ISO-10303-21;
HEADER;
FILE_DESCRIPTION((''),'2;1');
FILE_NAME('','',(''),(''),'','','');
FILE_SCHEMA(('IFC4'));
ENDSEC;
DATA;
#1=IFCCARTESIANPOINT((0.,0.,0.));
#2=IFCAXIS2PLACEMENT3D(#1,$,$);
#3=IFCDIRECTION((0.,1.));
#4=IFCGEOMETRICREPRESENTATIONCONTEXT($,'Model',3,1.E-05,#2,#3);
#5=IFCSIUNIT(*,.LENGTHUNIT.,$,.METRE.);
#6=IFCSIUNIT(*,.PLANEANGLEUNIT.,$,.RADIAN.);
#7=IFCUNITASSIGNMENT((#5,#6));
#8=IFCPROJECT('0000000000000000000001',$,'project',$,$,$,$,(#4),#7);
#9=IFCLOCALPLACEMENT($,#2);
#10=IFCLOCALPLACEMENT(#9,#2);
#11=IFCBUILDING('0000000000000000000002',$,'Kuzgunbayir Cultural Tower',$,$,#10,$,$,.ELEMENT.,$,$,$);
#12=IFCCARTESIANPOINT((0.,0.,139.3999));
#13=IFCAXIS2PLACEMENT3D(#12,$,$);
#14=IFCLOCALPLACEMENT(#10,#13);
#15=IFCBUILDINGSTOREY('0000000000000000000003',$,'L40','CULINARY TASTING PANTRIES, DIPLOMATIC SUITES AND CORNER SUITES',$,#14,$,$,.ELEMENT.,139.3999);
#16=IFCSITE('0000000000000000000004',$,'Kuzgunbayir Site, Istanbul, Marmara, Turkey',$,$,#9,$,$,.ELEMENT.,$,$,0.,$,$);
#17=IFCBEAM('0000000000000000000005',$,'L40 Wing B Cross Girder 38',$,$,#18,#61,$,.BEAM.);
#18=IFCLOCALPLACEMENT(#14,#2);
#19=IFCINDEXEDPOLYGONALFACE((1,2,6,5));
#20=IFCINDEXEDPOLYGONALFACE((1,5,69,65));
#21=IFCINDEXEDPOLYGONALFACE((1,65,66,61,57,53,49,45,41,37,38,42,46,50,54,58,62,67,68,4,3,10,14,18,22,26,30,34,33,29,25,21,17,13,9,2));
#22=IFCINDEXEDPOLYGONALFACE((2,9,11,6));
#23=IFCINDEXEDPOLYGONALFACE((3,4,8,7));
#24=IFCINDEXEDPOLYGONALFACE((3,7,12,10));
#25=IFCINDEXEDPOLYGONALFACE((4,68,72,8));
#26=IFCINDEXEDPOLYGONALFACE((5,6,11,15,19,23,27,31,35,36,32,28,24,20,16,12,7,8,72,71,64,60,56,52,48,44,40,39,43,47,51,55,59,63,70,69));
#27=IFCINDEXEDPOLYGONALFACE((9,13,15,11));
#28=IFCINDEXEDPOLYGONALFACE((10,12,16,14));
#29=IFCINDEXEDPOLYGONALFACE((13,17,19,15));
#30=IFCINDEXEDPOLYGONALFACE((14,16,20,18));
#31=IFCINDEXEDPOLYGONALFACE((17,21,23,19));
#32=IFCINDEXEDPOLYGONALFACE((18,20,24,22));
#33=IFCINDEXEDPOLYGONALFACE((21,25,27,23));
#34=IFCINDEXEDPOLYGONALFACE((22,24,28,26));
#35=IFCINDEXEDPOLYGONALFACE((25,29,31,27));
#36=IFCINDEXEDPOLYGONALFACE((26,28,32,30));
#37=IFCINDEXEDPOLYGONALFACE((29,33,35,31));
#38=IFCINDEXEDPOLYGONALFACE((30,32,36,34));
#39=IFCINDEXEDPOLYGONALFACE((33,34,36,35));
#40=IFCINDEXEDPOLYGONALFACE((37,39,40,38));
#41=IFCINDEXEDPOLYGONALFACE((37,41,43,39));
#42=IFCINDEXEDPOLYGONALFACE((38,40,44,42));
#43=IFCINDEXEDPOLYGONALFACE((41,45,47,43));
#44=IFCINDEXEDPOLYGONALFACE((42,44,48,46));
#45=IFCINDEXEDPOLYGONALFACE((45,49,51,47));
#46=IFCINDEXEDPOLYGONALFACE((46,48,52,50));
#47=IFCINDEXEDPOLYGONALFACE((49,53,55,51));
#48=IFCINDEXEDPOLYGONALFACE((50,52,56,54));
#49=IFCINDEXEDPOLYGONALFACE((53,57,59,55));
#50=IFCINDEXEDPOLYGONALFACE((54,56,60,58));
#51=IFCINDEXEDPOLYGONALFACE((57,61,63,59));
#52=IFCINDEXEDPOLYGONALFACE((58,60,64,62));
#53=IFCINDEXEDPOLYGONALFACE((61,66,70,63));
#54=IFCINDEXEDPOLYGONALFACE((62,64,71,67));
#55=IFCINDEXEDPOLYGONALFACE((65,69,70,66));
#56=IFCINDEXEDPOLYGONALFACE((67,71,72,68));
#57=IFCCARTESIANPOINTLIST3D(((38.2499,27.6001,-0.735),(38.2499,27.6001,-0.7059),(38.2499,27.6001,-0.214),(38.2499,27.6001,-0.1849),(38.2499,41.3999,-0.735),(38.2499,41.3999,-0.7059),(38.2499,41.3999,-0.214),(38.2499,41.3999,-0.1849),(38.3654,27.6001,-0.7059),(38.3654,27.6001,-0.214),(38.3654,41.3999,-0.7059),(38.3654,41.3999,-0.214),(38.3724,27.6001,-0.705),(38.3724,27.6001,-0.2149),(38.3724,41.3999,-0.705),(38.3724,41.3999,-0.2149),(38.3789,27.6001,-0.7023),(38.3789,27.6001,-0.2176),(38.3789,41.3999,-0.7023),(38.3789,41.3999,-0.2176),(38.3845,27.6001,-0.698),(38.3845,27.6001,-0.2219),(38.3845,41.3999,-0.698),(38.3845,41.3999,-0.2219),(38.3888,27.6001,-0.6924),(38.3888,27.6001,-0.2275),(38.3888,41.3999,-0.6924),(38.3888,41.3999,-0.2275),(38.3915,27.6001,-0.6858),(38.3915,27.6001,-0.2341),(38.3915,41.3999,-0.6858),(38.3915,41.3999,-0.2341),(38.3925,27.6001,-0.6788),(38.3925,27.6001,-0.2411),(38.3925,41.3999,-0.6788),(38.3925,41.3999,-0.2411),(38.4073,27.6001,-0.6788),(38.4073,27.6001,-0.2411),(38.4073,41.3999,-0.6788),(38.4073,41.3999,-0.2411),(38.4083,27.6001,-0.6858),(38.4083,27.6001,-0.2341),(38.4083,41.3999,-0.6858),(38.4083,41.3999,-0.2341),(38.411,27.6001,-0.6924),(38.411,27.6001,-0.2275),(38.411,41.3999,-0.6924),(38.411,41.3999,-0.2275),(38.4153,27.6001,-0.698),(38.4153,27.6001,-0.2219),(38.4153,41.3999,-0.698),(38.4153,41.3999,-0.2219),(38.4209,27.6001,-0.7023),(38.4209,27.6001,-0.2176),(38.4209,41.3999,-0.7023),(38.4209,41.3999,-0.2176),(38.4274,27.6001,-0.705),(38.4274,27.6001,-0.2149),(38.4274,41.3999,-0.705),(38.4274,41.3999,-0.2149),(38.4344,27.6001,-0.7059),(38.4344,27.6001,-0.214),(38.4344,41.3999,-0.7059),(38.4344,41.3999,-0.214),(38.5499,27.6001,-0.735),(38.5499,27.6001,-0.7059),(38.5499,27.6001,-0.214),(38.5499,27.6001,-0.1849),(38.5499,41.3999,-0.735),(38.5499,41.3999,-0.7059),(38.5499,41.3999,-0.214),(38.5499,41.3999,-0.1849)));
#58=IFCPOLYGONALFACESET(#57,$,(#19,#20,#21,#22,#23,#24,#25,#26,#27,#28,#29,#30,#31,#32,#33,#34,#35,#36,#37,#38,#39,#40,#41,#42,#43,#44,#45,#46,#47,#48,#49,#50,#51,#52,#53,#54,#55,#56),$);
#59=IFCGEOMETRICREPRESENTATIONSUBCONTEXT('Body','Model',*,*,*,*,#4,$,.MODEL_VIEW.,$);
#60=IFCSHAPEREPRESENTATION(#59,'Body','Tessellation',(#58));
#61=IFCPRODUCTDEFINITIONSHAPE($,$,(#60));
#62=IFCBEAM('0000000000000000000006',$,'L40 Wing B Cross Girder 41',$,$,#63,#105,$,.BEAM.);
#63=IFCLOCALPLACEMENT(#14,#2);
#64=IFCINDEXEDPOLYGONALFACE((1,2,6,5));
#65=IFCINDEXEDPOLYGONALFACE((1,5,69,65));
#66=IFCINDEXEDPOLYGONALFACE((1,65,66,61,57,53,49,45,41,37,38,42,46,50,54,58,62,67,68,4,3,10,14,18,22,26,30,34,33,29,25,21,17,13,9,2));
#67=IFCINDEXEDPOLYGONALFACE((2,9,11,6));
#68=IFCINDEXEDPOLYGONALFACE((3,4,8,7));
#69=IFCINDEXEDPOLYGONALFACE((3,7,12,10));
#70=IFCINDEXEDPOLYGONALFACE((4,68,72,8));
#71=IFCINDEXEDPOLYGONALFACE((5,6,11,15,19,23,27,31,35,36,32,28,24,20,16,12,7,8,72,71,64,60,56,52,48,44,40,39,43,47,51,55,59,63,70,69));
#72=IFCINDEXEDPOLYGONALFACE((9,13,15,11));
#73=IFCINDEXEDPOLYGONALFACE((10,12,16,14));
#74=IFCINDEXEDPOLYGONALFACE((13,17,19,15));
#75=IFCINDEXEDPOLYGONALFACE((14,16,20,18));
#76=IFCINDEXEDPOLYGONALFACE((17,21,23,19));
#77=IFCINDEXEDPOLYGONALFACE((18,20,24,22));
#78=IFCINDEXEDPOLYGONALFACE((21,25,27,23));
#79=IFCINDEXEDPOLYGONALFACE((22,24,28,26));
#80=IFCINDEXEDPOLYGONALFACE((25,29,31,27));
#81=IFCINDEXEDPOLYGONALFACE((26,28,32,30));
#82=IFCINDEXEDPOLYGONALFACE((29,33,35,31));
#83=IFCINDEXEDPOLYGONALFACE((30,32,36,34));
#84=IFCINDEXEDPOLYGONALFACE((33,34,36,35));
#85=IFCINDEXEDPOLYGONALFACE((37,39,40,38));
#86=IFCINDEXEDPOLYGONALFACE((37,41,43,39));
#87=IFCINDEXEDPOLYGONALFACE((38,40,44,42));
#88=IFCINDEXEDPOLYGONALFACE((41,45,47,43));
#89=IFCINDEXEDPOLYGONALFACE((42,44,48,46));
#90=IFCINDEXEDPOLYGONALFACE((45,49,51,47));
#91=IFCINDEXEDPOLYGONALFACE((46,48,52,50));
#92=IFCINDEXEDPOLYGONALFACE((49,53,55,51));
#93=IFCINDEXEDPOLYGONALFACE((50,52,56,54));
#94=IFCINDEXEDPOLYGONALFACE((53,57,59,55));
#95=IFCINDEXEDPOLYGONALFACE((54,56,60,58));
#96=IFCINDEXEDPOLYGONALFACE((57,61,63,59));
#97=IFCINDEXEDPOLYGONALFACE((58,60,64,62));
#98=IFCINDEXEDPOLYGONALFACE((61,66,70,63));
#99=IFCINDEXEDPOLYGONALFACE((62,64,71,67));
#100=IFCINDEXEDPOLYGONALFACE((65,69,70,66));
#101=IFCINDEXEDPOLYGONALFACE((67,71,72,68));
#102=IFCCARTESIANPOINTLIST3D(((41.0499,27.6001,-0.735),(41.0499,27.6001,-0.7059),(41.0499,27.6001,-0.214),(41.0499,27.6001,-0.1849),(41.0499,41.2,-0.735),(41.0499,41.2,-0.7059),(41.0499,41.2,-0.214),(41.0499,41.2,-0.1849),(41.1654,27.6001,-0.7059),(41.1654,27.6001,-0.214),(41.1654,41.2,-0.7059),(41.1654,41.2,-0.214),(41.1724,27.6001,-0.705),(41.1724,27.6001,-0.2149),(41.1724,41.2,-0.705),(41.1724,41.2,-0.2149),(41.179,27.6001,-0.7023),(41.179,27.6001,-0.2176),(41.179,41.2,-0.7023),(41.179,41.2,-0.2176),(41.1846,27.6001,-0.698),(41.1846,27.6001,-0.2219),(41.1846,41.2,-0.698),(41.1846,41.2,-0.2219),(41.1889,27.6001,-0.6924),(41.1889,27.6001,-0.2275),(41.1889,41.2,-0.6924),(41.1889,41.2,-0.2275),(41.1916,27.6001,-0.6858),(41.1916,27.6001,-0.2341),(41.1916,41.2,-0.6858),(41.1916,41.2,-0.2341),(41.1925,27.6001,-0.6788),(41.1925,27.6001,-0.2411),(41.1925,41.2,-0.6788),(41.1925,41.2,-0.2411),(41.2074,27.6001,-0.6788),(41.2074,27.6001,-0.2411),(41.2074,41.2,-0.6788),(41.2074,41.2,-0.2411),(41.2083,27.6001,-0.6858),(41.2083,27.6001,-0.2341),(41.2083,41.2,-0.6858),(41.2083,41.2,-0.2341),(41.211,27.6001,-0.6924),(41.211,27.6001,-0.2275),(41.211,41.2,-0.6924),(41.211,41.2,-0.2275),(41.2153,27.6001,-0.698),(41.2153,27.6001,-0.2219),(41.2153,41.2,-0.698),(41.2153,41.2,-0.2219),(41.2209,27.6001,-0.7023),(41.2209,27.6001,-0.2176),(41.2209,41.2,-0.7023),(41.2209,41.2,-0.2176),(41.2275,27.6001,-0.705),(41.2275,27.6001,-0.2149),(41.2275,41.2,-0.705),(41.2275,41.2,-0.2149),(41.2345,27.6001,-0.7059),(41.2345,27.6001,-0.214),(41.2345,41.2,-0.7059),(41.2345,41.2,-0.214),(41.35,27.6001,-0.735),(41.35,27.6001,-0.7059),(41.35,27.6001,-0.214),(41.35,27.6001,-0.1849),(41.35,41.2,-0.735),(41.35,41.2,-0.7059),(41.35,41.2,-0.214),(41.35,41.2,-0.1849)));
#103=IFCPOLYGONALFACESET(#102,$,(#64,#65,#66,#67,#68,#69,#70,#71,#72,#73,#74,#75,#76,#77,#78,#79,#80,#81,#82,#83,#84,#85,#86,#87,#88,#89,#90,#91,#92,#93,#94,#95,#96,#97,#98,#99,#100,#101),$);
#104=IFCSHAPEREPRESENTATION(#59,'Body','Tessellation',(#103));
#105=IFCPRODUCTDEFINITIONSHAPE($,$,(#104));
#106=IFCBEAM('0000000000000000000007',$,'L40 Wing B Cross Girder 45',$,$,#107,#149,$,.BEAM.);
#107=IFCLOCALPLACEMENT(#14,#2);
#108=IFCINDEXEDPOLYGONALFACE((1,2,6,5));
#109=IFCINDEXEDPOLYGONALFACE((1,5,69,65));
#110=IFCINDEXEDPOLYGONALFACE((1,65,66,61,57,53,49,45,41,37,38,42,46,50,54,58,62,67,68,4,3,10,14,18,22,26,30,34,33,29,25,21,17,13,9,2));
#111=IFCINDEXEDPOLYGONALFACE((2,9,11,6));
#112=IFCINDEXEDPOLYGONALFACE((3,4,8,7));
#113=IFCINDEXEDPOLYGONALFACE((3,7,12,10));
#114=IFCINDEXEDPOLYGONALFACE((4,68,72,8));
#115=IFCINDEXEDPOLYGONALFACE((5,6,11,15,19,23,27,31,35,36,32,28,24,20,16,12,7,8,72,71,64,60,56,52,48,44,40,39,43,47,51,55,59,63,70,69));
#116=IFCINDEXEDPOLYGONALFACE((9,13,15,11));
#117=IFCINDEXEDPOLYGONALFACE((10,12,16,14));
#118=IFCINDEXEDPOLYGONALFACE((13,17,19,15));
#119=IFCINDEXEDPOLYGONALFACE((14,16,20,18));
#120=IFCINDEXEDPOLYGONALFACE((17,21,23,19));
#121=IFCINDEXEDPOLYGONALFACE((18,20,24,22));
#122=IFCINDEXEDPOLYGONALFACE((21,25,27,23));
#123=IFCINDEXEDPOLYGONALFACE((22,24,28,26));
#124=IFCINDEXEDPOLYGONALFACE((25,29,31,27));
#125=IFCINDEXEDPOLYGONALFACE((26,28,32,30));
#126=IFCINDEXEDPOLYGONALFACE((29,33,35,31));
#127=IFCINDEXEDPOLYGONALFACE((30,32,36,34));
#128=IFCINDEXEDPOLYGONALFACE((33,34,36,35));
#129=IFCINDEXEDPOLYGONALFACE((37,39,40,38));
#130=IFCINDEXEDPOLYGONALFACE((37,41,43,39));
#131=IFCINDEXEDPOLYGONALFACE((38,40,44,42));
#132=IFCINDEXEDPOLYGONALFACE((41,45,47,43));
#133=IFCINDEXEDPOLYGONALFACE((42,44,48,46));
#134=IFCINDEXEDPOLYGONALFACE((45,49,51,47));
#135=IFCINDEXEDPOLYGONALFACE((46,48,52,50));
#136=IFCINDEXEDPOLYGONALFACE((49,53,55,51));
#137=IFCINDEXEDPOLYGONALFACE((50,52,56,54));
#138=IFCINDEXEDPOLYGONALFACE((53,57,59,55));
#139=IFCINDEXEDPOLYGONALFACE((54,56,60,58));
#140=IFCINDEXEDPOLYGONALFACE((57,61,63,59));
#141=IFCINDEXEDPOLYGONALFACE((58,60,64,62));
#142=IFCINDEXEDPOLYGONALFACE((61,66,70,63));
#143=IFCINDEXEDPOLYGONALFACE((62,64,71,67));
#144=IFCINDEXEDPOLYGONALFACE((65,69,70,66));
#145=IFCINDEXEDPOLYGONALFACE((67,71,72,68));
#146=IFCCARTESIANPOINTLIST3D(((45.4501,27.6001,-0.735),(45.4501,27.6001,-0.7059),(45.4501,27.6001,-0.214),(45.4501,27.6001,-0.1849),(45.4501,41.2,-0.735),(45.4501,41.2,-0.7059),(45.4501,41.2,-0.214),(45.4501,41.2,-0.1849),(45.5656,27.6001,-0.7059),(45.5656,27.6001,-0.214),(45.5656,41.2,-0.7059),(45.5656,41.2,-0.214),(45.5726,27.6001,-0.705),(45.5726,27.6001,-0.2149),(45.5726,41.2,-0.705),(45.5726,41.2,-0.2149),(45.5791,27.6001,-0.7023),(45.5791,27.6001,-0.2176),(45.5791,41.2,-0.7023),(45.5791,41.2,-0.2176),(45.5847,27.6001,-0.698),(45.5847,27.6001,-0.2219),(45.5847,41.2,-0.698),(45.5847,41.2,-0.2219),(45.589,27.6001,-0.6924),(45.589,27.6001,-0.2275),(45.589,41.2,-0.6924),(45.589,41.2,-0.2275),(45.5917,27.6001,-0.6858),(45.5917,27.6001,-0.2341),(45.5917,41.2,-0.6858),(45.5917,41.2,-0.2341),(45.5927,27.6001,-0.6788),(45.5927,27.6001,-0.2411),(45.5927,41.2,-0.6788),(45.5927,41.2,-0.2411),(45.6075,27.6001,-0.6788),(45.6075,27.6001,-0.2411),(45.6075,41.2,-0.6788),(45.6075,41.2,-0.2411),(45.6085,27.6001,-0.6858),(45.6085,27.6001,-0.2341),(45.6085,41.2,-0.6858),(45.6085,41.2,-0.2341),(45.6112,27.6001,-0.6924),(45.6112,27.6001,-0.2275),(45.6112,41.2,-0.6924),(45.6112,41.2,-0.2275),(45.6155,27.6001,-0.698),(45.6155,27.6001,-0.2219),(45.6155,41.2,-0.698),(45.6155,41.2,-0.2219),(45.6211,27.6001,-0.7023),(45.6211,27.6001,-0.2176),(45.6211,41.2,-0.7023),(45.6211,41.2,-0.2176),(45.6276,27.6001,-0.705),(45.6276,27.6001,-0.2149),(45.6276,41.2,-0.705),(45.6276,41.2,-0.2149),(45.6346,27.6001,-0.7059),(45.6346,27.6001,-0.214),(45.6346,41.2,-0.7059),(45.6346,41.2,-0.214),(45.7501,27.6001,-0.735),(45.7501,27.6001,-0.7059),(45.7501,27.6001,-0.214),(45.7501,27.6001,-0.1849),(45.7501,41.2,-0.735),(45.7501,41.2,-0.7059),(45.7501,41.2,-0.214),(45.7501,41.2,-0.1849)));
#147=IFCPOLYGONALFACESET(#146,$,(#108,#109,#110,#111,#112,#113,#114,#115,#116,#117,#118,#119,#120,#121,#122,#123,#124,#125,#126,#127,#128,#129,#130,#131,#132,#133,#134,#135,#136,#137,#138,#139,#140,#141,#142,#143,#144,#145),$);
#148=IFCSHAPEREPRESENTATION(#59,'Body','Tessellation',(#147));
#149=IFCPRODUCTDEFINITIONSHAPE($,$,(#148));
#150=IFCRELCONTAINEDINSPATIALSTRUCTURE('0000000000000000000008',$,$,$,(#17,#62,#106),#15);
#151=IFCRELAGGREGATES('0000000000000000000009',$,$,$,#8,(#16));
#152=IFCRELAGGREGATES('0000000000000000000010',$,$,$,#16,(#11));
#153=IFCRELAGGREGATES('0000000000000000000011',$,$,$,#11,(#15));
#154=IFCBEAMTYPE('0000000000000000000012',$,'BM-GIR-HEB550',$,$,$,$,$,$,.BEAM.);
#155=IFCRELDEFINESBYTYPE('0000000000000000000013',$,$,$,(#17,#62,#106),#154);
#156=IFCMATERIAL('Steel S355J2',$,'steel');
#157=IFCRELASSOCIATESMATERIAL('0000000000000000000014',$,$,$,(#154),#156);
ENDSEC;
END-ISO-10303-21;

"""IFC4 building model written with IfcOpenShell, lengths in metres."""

from ifc_helpers import new_model, si_unit, direction, frame, origin, origin_2d, place, context, subcontext, project, spatial, i_section, extrude, material, material_profile, profile_set, type_object, element, save


model = new_model("IFC4")

# Units and contexts
model_context = context("Model", 3, precision=1e-05, world=origin(), true_north=direction((0.0, 1.0)))
body_context = subcontext(model_context, "Body", "Model", "MODEL_VIEW")
ifc_project = project(units=[si_unit("LENGTHUNIT", "METRE"), si_unit("PLANEANGLEUNIT", "RADIAN")], contexts=[model_context])

# Site, building, storey
site_placement = place(None, origin())
site = spatial("IfcSite", under=ifc_project, at=site_placement, Name="Kuzgunbayir Site, Istanbul, Marmara, Turkey", CompositionType="ELEMENT", RefElevation=0.0)
building_placement = place(site_placement, origin())
building = spatial("IfcBuilding", under=site, at=building_placement, Name="Kuzgunbayir Cultural Tower", CompositionType="ELEMENT")
storey_placement = place(building_placement, frame((0.0, 0.0, 139.3999)))
storey = spatial("IfcBuildingStorey", under=building, at=storey_placement, Name="L40", Description="CULINARY TASTING PANTRIES, DIPLOMATIC SUITES AND CORNER SUITES", CompositionType="ELEMENT", Elevation=139.3999)

# Beams
ifc_material_1 = material(Name="Steel S355J2", Category="steel")
ifc_material_profile_1 = material_profile(ifc_material_1, i_section(OverallWidth=0.3, OverallDepth=0.55, WebThickness=0.0149, FlangeThickness=0.0291, FilletRadius=0.0271, at=origin_2d()), Name="HEB 550")
ifc_profile_set_1 = profile_set([ifc_material_profile_1], Name="Steel S355J2")
beam_type_1 = type_object("IfcBeamType", Name="BM-GIR-HEB550", PredefinedType="BEAM", material=ifc_profile_set_1)
beam_1_placement = place(storey_placement, frame((38.3999, 27.6001, -0.46), z_axis=(0.0, 1.0, 0.0), x_axis=(-1.0, 0.0, 0.0)))
element("IfcBeam", 1, at=beam_1_placement, inside=storey, type_object=beam_type_1, Name="L40 Wing B Cross Girder 38", PredefinedType="BEAM", context=body_context, shape_type="SweptSolid", body=[
    extrude(i_section(OverallWidth=0.3, OverallDepth=0.55, WebThickness=0.0149, FlangeThickness=0.0291, FilletRadius=0.0271, at=origin_2d()), origin(), (0.0, 0.0, 1.0), 13.7998),
])
for number, where, z_axis, x_axis, name in (
    (2, (41.2, 27.6001, -0.46), (0.0, 1.0, 0.0), (-1.0, 0.0, 0.0), "L40 Wing B Cross Girder 41"),
    (3, (45.6001, 27.6001, -0.46), (0.0, 1.0, 0.0), (-1.0, 0.0, 0.0), "L40 Wing B Cross Girder 45"),
):
    element("IfcBeam", number, at=place(storey_placement, frame(where, z_axis=z_axis, x_axis=x_axis)), inside=storey, type_object=beam_type_1, Name=name, PredefinedType="BEAM", context=body_context, shape_type="SweptSolid", body=[
        extrude(i_section(OverallWidth=0.3, OverallDepth=0.55, WebThickness=0.0149, FlangeThickness=0.0291, FilletRadius=0.0271, at=origin_2d()), origin(), (0.0, 0.0, 1.0), 13.5999),
    ])

save(model, "model.ifc")
